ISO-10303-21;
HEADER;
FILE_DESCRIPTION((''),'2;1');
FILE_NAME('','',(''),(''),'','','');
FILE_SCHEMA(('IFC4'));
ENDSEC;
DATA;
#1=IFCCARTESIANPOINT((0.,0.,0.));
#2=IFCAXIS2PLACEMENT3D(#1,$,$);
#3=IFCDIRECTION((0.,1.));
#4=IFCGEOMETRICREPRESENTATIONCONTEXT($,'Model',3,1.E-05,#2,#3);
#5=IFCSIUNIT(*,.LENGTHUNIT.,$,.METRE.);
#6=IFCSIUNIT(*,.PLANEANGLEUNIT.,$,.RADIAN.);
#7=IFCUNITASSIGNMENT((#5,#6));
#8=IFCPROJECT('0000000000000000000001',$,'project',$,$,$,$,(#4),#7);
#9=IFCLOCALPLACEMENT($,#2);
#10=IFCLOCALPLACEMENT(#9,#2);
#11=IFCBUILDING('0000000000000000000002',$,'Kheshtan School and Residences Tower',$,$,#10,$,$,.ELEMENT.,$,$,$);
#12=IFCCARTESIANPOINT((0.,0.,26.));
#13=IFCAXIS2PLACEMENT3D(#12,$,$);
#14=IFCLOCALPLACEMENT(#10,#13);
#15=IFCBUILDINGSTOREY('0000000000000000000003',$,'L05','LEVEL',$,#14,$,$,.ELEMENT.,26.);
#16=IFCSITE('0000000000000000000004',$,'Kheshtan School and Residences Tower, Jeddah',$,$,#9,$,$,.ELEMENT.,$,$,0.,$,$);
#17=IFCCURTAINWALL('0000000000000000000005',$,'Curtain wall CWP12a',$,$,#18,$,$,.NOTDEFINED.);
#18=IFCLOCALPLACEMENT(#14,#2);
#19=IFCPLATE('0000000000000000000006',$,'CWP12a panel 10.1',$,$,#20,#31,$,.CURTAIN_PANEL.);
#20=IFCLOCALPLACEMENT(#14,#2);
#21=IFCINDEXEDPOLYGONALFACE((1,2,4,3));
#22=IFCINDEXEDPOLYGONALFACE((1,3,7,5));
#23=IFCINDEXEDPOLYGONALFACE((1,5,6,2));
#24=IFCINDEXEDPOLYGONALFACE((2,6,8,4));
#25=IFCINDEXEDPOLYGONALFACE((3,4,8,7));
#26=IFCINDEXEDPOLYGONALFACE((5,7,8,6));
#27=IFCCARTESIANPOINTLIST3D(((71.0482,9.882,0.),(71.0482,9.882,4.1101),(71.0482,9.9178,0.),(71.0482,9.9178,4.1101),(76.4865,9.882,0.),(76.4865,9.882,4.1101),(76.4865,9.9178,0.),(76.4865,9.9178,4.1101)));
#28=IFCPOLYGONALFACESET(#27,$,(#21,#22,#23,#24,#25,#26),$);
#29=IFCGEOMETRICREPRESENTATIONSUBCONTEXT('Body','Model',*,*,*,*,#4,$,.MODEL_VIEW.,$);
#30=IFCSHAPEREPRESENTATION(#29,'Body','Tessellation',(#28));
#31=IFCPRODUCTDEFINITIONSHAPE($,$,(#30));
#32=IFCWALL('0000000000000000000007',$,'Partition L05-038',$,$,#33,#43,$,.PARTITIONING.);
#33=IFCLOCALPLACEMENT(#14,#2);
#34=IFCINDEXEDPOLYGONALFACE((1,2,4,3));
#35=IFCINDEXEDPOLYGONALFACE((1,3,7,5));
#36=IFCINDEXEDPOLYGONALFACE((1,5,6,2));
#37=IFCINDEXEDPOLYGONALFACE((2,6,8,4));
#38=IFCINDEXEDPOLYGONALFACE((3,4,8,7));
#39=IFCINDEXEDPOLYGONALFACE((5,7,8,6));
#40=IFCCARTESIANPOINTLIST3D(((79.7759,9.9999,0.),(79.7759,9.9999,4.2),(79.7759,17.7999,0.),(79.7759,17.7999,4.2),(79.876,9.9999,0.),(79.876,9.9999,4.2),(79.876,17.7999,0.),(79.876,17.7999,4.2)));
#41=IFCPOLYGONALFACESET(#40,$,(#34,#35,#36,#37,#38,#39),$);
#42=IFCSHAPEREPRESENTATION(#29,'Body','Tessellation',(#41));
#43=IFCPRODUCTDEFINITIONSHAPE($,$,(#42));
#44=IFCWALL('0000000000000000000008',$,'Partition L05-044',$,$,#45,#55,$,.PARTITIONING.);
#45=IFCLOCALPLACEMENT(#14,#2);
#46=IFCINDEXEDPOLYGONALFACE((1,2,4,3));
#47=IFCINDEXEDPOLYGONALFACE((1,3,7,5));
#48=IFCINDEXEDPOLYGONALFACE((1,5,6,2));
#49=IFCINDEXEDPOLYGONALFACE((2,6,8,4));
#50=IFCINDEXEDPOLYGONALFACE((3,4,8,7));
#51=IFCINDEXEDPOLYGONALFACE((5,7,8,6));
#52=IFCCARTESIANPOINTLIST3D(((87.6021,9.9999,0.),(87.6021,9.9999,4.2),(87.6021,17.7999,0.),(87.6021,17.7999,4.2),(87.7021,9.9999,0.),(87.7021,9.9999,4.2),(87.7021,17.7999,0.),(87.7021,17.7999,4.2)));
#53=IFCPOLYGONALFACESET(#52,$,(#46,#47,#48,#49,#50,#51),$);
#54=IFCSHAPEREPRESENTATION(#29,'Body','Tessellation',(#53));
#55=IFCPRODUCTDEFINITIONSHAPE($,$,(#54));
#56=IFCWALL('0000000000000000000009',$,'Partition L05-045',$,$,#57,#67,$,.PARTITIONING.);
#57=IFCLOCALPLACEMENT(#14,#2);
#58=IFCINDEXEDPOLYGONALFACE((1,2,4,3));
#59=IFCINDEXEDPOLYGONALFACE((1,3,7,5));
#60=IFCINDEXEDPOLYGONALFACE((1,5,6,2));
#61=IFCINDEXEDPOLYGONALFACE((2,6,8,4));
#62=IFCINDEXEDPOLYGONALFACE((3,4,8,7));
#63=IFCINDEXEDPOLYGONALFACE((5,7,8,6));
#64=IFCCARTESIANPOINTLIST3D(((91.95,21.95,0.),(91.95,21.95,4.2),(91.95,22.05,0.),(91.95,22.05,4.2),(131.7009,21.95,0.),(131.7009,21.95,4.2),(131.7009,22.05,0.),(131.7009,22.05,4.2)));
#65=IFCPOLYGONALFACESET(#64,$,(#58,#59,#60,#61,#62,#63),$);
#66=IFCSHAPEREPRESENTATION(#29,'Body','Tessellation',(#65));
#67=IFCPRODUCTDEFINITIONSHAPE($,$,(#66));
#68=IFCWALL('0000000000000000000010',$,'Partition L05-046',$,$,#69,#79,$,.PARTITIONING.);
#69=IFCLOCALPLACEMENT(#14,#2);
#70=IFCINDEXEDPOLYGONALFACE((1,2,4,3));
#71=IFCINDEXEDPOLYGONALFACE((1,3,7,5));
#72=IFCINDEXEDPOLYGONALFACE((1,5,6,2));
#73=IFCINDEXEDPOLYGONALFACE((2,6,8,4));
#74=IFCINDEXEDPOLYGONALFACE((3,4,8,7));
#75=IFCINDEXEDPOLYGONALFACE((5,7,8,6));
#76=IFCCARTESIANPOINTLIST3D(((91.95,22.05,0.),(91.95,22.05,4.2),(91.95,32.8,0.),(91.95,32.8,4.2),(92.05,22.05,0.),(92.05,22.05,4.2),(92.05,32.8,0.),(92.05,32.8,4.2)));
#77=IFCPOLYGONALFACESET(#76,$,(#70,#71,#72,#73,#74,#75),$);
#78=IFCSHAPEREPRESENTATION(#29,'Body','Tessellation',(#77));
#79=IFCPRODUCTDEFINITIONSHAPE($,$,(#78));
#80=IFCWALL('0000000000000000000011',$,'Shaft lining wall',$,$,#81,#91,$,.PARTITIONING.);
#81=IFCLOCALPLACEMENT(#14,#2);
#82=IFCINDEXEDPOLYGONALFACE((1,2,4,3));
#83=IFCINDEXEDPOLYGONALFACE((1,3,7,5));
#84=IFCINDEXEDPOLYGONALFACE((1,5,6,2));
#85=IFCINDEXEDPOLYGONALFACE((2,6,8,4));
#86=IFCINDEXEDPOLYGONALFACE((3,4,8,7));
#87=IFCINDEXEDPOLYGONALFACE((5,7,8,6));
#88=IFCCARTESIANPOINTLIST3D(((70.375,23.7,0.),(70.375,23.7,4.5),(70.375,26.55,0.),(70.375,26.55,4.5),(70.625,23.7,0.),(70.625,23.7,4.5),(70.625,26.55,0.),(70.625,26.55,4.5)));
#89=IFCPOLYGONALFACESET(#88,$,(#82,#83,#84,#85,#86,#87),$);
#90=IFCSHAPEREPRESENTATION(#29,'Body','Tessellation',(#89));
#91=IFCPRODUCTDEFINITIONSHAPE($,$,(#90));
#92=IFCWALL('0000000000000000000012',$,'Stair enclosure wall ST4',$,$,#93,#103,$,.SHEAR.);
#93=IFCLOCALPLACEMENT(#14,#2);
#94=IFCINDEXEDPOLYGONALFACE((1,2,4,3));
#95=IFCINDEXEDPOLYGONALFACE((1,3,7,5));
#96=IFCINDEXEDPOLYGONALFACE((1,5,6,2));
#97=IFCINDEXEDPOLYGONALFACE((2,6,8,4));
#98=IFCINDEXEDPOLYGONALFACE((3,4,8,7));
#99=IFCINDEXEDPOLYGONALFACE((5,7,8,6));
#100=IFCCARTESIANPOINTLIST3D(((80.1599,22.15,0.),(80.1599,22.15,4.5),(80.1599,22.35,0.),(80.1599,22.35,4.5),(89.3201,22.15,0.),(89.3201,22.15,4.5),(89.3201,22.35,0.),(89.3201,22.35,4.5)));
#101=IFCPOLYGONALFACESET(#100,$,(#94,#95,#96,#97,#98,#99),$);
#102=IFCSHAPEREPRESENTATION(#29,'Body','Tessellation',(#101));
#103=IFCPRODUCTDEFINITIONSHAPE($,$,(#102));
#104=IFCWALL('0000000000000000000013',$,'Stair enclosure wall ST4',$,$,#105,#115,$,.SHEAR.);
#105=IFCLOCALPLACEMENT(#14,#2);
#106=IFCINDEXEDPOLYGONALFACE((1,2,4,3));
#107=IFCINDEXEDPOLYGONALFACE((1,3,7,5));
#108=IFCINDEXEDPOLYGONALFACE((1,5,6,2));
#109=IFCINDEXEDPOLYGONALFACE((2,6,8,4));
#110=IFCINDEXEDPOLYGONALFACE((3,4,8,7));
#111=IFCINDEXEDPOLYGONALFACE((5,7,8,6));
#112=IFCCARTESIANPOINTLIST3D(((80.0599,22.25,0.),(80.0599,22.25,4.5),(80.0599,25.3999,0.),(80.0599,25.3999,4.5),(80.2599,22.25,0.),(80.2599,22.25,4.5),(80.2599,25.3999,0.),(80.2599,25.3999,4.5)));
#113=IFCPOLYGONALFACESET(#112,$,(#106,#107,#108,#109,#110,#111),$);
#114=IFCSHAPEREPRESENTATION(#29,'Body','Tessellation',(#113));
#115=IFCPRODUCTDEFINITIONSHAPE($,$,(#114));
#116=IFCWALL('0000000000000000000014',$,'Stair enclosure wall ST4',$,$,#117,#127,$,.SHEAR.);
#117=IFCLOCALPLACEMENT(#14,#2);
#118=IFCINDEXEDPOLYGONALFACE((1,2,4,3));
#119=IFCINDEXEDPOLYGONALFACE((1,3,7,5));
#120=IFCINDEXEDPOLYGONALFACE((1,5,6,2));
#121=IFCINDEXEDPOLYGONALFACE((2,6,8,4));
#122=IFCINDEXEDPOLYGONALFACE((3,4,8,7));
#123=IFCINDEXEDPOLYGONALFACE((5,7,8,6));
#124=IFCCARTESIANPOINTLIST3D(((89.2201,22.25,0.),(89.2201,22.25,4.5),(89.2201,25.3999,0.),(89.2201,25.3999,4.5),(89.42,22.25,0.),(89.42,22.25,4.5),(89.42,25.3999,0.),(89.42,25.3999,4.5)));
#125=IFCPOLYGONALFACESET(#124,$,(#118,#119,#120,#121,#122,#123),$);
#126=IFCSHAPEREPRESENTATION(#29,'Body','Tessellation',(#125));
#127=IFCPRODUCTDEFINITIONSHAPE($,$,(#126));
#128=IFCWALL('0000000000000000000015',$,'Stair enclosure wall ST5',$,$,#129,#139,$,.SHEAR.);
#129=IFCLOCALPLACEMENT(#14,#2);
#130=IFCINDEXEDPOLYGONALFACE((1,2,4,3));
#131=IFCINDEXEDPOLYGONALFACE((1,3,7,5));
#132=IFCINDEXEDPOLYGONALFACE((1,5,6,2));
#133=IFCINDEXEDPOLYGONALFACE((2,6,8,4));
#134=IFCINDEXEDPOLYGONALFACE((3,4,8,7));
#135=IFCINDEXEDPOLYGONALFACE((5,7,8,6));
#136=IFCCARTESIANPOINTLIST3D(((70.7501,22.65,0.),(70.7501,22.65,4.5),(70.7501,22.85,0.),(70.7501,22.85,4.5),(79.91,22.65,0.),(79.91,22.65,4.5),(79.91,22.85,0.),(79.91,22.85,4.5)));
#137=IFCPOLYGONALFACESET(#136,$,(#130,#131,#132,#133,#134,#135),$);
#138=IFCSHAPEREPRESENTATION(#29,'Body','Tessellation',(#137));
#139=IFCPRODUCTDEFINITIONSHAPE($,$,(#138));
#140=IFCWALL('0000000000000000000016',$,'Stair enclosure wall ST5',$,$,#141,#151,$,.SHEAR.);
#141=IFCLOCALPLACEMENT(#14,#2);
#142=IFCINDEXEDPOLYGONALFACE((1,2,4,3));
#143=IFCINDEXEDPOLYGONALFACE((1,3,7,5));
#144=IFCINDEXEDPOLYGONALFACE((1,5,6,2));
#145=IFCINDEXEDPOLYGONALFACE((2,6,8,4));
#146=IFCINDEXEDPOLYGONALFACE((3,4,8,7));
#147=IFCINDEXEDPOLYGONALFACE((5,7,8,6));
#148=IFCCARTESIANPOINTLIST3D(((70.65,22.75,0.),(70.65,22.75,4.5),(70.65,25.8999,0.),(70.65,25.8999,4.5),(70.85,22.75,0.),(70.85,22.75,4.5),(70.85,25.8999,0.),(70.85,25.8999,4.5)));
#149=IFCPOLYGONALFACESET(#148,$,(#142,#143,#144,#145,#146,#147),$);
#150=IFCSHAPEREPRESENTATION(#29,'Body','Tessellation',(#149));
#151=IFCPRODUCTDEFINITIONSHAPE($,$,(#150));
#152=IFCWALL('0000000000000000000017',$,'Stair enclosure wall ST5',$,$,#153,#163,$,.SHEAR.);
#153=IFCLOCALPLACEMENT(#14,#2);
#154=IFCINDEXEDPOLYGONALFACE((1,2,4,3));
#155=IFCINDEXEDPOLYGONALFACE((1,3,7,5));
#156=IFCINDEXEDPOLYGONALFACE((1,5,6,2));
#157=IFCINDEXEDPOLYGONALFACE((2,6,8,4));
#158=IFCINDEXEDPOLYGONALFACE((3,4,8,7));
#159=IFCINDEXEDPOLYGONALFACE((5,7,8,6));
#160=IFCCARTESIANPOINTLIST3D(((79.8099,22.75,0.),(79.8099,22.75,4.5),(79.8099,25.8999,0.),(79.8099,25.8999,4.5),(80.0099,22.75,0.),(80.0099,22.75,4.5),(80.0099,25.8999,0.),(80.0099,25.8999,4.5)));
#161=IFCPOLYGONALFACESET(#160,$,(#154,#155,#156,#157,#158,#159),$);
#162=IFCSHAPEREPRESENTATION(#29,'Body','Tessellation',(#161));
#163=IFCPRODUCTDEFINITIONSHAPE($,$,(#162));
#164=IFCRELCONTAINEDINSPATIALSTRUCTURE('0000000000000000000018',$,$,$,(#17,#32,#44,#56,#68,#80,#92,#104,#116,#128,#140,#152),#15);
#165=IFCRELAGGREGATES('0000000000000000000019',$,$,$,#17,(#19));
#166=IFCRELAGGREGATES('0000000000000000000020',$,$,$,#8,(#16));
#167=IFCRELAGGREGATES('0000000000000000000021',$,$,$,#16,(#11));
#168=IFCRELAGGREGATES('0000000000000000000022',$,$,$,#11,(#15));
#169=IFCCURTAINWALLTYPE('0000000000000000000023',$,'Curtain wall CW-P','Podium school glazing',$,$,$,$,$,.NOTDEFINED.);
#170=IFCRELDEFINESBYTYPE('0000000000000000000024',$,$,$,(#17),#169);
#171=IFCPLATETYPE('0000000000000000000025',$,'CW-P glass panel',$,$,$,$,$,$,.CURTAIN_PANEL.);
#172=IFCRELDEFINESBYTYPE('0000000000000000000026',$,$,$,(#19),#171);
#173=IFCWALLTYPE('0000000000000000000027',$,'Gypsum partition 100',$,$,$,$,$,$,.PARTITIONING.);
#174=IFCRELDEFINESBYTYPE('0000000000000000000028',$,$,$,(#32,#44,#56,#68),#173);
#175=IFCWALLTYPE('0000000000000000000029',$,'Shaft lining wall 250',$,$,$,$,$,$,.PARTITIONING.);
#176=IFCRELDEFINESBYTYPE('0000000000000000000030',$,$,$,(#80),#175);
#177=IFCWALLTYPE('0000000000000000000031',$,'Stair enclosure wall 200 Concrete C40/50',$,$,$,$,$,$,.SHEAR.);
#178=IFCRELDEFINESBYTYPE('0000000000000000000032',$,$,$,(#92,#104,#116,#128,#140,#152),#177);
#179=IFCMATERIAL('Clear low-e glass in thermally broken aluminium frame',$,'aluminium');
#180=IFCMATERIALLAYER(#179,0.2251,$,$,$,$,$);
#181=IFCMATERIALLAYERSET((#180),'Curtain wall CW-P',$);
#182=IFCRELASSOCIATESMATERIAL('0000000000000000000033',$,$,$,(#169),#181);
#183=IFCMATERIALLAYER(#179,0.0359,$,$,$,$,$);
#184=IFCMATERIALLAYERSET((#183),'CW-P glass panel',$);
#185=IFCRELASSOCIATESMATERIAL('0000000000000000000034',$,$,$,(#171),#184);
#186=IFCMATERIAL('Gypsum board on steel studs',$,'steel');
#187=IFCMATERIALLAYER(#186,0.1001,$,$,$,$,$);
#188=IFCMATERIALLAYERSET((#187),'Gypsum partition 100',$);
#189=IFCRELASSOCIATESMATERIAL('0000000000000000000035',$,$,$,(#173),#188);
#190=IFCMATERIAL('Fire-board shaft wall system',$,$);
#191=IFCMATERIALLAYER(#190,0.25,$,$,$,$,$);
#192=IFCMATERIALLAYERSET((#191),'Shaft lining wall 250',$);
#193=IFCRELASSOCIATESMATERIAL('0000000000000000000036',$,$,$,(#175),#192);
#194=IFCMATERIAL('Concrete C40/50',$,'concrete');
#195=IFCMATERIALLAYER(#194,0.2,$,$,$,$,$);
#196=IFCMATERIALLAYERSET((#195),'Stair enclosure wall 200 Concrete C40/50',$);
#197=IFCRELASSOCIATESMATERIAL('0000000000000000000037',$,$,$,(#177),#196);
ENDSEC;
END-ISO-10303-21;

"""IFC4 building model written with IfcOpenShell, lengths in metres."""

from ifc_helpers import new_model, si_unit, direction, frame, frame_2d, origin, origin_2d, place, context, subcontext, project, spatial, rectangle, extrude, material, layer, layer_set, type_object, element, aggregate, save


model = new_model("IFC4")

# Units and contexts
model_context = context("Model", 3, precision=1e-05, world=origin(), true_north=direction((0.0, 1.0)))
body_context = subcontext(model_context, "Body", "Model", "MODEL_VIEW")
ifc_project = project(units=[si_unit("LENGTHUNIT", "METRE"), si_unit("PLANEANGLEUNIT", "RADIAN")], contexts=[model_context])

# Site, building, storey
site_placement = place(None, origin())
site = spatial("IfcSite", under=ifc_project, at=site_placement, Name="Kheshtan School and Residences Tower, Jeddah", CompositionType="ELEMENT", RefElevation=0.0)
building_placement = place(site_placement, origin())
building = spatial("IfcBuilding", under=site, at=building_placement, Name="Kheshtan School and Residences Tower", CompositionType="ELEMENT")
storey_placement = place(building_placement, frame((0.0, 0.0, 26.0)))
storey = spatial("IfcBuildingStorey", under=building, at=storey_placement, Name="L05", Description="LEVEL", CompositionType="ELEMENT", Elevation=26.0)

# Curtain wall, plate
ifc_material_1 = material(Name="Clear low-e glass in thermally broken aluminium frame", Category="aluminium")
ifc_layer_1 = layer(ifc_material_1, 0.2251)
ifc_layer_set_1 = layer_set([ifc_layer_1], Name="Curtain wall CW-P")
curtain_wall_type = type_object("IfcCurtainWallType", Name="Curtain wall CW-P", Description="Podium school glazing", PredefinedType="NOTDEFINED", material=ifc_layer_set_1)
curtain_wall_placement = place(storey_placement, origin())
curtain_wall = element("IfcCurtainWall", 1, at=curtain_wall_placement, inside=storey, type_object=curtain_wall_type, Name="Curtain wall CWP12a", PredefinedType="NOTDEFINED")
ifc_layer_2 = layer(ifc_material_1, 0.0359)
ifc_layer_set_2 = layer_set([ifc_layer_2], Name="CW-P glass panel")
plate_type = type_object("IfcPlateType", Name="CW-P glass panel", PredefinedType="CURTAIN_PANEL", material=ifc_layer_set_2)
plate_1_placement = place(storey_placement, frame((73.7673, 9.8999, 0.0), z_axis=(0.0, 0.0, 1.0), x_axis=(-1.0, 0.0, 0.0)))
plate_1 = element("IfcPlate", 2, at=plate_1_placement, type_object=plate_type, Name="CWP12a panel 10.1", PredefinedType="CURTAIN_PANEL", context=body_context, shape_type="SweptSolid", body=[
    extrude(rectangle(XDim=5.4382, YDim=0.0359, at=origin_2d()), origin(), (0.0, 0.0, 1.0), 4.1101),
])
aggregate(curtain_wall, [plate_1])

# Walls
ifc_material_2 = material(Name="Gypsum board on steel studs", Category="steel")
ifc_layer_3 = layer(ifc_material_2, 0.1001)
ifc_layer_set_3 = layer_set([ifc_layer_3], Name="Gypsum partition 100")
wall_type_1 = type_object("IfcWallType", Name="Gypsum partition 100", PredefinedType="PARTITIONING", material=ifc_layer_set_3)
for number, where, z_axis, x_axis, name in (
    (3, (79.8259, 10.0, 0.0), (0.0, 0.0, 1.0), (0.0, 1.0, 0.0), "Partition L05-038"),
    (4, (87.6521, 10.0, 0.0), (0.0, 0.0, 1.0), (0.0, 1.0, 0.0), "Partition L05-044"),
):
    element("IfcWall", number, at=place(storey_placement, frame(where, z_axis=z_axis, x_axis=x_axis)), inside=storey, type_object=wall_type_1, Name=name, PredefinedType="PARTITIONING", context=body_context, shape_type="SweptSolid", body=[
        extrude(rectangle(XDim=7.8, YDim=0.1001, at=frame_2d((3.8999, 0.0))), origin(), (0.0, 0.0, 1.0), 4.2),
    ])
wall_1_placement = place(storey_placement, frame((91.95, 22.0, 0.0), z_axis=(0.0, 0.0, 1.0), x_axis=(1.0, 0.0, 0.0)))
element("IfcWall", 5, at=wall_1_placement, inside=storey, type_object=wall_type_1, Name="Partition L05-045", PredefinedType="PARTITIONING", context=body_context, shape_type="SweptSolid", body=[
    extrude(rectangle(XDim=39.751, YDim=0.1001, at=frame_2d((19.8755, 0.0))), origin(), (0.0, 0.0, 1.0), 4.2),
])
wall_2_placement = place(storey_placement, frame((92.0, 22.05, 0.0), z_axis=(0.0, 0.0, 1.0), x_axis=(0.0, 1.0, 0.0)))
element("IfcWall", 6, at=wall_2_placement, inside=storey, type_object=wall_type_1, Name="Partition L05-046", PredefinedType="PARTITIONING", context=body_context, shape_type="SweptSolid", body=[
    extrude(rectangle(XDim=10.75, YDim=0.1001, at=frame_2d((5.375, 0.0))), origin(), (0.0, 0.0, 1.0), 4.2),
])
ifc_material_3 = material(Name="Fire-board shaft wall system")
ifc_layer_4 = layer(ifc_material_3, 0.25)
ifc_layer_set_4 = layer_set([ifc_layer_4], Name="Shaft lining wall 250")
wall_type_2 = type_object("IfcWallType", Name="Shaft lining wall 250", PredefinedType="PARTITIONING", material=ifc_layer_set_4)
wall_3_placement = place(storey_placement, frame((70.5, 23.7, 0.0), z_axis=(0.0, 0.0, 1.0), x_axis=(0.0, 1.0, 0.0)))
element("IfcWall", 7, at=wall_3_placement, inside=storey, type_object=wall_type_2, Name="Shaft lining wall", PredefinedType="PARTITIONING", context=body_context, shape_type="SweptSolid", body=[
    extrude(rectangle(XDim=2.8501, YDim=0.25, at=frame_2d((1.425, 0.0))), origin(), (0.0, 0.0, 1.0), 4.5),
])
ifc_material_4 = material(Name="Concrete C40/50", Category="concrete")
ifc_layer_5 = layer(ifc_material_4, 0.2)
ifc_layer_set_5 = layer_set([ifc_layer_5], Name="Stair enclosure wall 200 Concrete C40/50")
wall_type_3 = type_object("IfcWallType", Name="Stair enclosure wall 200 Concrete C40/50", PredefinedType="SHEAR", material=ifc_layer_set_5)
wall_4_placement = place(storey_placement, frame((80.1599, 22.25, 0.0), z_axis=(0.0, 0.0, 1.0), x_axis=(1.0, 0.0, 0.0)))
element("IfcWall", 8, at=wall_4_placement, inside=storey, type_object=wall_type_3, Name="Stair enclosure wall ST4", PredefinedType="SHEAR", context=body_context, shape_type="SweptSolid", body=[
    extrude(rectangle(XDim=9.1602, YDim=0.2, at=frame_2d((4.5801, 0.0))), origin(), (0.0, 0.0, 1.0), 4.5),
])
for number, where, z_axis, x_axis, name in (
    (9, (80.1599, 22.25, 0.0), (0.0, 0.0, 1.0), (0.0, 1.0, 0.0), "Stair enclosure wall ST4"),
    (10, (89.3201, 22.25, 0.0), (0.0, 0.0, 1.0), (0.0, 1.0, 0.0), "Stair enclosure wall ST4"),
):
    element("IfcWall", number, at=place(storey_placement, frame(where, z_axis=z_axis, x_axis=x_axis)), inside=storey, type_object=wall_type_3, Name=name, PredefinedType="SHEAR", context=body_context, shape_type="SweptSolid", body=[
        extrude(rectangle(XDim=3.1499, YDim=0.2, at=frame_2d((1.575, 0.0))), origin(), (0.0, 0.0, 1.0), 4.5),
    ])
wall_5_placement = place(storey_placement, frame((70.75, 22.75, 0.0), z_axis=(0.0, 0.0, 1.0), x_axis=(1.0, 0.0, 0.0)))
element("IfcWall", 11, at=wall_5_placement, inside=storey, type_object=wall_type_3, Name="Stair enclosure wall ST5", PredefinedType="SHEAR", context=body_context, shape_type="SweptSolid", body=[
    extrude(rectangle(XDim=9.1599, YDim=0.2, at=frame_2d((4.5801, 0.0))), origin(), (0.0, 0.0, 1.0), 4.5),
])
for number, where, z_axis, x_axis, name in (
    (12, (70.75, 22.75, 0.0), (0.0, 0.0, 1.0), (0.0, 1.0, 0.0), "Stair enclosure wall ST5"),
    (13, (79.9099, 22.75, 0.0), (0.0, 0.0, 1.0), (0.0, 1.0, 0.0), "Stair enclosure wall ST5"),
):
    element("IfcWall", number, at=place(storey_placement, frame(where, z_axis=z_axis, x_axis=x_axis)), inside=storey, type_object=wall_type_3, Name=name, PredefinedType="SHEAR", context=body_context, shape_type="SweptSolid", body=[
        extrude(rectangle(XDim=3.1499, YDim=0.2, at=frame_2d((1.575, 0.0))), origin(), (0.0, 0.0, 1.0), 4.5),
    ])

save(model, "model.ifc")
